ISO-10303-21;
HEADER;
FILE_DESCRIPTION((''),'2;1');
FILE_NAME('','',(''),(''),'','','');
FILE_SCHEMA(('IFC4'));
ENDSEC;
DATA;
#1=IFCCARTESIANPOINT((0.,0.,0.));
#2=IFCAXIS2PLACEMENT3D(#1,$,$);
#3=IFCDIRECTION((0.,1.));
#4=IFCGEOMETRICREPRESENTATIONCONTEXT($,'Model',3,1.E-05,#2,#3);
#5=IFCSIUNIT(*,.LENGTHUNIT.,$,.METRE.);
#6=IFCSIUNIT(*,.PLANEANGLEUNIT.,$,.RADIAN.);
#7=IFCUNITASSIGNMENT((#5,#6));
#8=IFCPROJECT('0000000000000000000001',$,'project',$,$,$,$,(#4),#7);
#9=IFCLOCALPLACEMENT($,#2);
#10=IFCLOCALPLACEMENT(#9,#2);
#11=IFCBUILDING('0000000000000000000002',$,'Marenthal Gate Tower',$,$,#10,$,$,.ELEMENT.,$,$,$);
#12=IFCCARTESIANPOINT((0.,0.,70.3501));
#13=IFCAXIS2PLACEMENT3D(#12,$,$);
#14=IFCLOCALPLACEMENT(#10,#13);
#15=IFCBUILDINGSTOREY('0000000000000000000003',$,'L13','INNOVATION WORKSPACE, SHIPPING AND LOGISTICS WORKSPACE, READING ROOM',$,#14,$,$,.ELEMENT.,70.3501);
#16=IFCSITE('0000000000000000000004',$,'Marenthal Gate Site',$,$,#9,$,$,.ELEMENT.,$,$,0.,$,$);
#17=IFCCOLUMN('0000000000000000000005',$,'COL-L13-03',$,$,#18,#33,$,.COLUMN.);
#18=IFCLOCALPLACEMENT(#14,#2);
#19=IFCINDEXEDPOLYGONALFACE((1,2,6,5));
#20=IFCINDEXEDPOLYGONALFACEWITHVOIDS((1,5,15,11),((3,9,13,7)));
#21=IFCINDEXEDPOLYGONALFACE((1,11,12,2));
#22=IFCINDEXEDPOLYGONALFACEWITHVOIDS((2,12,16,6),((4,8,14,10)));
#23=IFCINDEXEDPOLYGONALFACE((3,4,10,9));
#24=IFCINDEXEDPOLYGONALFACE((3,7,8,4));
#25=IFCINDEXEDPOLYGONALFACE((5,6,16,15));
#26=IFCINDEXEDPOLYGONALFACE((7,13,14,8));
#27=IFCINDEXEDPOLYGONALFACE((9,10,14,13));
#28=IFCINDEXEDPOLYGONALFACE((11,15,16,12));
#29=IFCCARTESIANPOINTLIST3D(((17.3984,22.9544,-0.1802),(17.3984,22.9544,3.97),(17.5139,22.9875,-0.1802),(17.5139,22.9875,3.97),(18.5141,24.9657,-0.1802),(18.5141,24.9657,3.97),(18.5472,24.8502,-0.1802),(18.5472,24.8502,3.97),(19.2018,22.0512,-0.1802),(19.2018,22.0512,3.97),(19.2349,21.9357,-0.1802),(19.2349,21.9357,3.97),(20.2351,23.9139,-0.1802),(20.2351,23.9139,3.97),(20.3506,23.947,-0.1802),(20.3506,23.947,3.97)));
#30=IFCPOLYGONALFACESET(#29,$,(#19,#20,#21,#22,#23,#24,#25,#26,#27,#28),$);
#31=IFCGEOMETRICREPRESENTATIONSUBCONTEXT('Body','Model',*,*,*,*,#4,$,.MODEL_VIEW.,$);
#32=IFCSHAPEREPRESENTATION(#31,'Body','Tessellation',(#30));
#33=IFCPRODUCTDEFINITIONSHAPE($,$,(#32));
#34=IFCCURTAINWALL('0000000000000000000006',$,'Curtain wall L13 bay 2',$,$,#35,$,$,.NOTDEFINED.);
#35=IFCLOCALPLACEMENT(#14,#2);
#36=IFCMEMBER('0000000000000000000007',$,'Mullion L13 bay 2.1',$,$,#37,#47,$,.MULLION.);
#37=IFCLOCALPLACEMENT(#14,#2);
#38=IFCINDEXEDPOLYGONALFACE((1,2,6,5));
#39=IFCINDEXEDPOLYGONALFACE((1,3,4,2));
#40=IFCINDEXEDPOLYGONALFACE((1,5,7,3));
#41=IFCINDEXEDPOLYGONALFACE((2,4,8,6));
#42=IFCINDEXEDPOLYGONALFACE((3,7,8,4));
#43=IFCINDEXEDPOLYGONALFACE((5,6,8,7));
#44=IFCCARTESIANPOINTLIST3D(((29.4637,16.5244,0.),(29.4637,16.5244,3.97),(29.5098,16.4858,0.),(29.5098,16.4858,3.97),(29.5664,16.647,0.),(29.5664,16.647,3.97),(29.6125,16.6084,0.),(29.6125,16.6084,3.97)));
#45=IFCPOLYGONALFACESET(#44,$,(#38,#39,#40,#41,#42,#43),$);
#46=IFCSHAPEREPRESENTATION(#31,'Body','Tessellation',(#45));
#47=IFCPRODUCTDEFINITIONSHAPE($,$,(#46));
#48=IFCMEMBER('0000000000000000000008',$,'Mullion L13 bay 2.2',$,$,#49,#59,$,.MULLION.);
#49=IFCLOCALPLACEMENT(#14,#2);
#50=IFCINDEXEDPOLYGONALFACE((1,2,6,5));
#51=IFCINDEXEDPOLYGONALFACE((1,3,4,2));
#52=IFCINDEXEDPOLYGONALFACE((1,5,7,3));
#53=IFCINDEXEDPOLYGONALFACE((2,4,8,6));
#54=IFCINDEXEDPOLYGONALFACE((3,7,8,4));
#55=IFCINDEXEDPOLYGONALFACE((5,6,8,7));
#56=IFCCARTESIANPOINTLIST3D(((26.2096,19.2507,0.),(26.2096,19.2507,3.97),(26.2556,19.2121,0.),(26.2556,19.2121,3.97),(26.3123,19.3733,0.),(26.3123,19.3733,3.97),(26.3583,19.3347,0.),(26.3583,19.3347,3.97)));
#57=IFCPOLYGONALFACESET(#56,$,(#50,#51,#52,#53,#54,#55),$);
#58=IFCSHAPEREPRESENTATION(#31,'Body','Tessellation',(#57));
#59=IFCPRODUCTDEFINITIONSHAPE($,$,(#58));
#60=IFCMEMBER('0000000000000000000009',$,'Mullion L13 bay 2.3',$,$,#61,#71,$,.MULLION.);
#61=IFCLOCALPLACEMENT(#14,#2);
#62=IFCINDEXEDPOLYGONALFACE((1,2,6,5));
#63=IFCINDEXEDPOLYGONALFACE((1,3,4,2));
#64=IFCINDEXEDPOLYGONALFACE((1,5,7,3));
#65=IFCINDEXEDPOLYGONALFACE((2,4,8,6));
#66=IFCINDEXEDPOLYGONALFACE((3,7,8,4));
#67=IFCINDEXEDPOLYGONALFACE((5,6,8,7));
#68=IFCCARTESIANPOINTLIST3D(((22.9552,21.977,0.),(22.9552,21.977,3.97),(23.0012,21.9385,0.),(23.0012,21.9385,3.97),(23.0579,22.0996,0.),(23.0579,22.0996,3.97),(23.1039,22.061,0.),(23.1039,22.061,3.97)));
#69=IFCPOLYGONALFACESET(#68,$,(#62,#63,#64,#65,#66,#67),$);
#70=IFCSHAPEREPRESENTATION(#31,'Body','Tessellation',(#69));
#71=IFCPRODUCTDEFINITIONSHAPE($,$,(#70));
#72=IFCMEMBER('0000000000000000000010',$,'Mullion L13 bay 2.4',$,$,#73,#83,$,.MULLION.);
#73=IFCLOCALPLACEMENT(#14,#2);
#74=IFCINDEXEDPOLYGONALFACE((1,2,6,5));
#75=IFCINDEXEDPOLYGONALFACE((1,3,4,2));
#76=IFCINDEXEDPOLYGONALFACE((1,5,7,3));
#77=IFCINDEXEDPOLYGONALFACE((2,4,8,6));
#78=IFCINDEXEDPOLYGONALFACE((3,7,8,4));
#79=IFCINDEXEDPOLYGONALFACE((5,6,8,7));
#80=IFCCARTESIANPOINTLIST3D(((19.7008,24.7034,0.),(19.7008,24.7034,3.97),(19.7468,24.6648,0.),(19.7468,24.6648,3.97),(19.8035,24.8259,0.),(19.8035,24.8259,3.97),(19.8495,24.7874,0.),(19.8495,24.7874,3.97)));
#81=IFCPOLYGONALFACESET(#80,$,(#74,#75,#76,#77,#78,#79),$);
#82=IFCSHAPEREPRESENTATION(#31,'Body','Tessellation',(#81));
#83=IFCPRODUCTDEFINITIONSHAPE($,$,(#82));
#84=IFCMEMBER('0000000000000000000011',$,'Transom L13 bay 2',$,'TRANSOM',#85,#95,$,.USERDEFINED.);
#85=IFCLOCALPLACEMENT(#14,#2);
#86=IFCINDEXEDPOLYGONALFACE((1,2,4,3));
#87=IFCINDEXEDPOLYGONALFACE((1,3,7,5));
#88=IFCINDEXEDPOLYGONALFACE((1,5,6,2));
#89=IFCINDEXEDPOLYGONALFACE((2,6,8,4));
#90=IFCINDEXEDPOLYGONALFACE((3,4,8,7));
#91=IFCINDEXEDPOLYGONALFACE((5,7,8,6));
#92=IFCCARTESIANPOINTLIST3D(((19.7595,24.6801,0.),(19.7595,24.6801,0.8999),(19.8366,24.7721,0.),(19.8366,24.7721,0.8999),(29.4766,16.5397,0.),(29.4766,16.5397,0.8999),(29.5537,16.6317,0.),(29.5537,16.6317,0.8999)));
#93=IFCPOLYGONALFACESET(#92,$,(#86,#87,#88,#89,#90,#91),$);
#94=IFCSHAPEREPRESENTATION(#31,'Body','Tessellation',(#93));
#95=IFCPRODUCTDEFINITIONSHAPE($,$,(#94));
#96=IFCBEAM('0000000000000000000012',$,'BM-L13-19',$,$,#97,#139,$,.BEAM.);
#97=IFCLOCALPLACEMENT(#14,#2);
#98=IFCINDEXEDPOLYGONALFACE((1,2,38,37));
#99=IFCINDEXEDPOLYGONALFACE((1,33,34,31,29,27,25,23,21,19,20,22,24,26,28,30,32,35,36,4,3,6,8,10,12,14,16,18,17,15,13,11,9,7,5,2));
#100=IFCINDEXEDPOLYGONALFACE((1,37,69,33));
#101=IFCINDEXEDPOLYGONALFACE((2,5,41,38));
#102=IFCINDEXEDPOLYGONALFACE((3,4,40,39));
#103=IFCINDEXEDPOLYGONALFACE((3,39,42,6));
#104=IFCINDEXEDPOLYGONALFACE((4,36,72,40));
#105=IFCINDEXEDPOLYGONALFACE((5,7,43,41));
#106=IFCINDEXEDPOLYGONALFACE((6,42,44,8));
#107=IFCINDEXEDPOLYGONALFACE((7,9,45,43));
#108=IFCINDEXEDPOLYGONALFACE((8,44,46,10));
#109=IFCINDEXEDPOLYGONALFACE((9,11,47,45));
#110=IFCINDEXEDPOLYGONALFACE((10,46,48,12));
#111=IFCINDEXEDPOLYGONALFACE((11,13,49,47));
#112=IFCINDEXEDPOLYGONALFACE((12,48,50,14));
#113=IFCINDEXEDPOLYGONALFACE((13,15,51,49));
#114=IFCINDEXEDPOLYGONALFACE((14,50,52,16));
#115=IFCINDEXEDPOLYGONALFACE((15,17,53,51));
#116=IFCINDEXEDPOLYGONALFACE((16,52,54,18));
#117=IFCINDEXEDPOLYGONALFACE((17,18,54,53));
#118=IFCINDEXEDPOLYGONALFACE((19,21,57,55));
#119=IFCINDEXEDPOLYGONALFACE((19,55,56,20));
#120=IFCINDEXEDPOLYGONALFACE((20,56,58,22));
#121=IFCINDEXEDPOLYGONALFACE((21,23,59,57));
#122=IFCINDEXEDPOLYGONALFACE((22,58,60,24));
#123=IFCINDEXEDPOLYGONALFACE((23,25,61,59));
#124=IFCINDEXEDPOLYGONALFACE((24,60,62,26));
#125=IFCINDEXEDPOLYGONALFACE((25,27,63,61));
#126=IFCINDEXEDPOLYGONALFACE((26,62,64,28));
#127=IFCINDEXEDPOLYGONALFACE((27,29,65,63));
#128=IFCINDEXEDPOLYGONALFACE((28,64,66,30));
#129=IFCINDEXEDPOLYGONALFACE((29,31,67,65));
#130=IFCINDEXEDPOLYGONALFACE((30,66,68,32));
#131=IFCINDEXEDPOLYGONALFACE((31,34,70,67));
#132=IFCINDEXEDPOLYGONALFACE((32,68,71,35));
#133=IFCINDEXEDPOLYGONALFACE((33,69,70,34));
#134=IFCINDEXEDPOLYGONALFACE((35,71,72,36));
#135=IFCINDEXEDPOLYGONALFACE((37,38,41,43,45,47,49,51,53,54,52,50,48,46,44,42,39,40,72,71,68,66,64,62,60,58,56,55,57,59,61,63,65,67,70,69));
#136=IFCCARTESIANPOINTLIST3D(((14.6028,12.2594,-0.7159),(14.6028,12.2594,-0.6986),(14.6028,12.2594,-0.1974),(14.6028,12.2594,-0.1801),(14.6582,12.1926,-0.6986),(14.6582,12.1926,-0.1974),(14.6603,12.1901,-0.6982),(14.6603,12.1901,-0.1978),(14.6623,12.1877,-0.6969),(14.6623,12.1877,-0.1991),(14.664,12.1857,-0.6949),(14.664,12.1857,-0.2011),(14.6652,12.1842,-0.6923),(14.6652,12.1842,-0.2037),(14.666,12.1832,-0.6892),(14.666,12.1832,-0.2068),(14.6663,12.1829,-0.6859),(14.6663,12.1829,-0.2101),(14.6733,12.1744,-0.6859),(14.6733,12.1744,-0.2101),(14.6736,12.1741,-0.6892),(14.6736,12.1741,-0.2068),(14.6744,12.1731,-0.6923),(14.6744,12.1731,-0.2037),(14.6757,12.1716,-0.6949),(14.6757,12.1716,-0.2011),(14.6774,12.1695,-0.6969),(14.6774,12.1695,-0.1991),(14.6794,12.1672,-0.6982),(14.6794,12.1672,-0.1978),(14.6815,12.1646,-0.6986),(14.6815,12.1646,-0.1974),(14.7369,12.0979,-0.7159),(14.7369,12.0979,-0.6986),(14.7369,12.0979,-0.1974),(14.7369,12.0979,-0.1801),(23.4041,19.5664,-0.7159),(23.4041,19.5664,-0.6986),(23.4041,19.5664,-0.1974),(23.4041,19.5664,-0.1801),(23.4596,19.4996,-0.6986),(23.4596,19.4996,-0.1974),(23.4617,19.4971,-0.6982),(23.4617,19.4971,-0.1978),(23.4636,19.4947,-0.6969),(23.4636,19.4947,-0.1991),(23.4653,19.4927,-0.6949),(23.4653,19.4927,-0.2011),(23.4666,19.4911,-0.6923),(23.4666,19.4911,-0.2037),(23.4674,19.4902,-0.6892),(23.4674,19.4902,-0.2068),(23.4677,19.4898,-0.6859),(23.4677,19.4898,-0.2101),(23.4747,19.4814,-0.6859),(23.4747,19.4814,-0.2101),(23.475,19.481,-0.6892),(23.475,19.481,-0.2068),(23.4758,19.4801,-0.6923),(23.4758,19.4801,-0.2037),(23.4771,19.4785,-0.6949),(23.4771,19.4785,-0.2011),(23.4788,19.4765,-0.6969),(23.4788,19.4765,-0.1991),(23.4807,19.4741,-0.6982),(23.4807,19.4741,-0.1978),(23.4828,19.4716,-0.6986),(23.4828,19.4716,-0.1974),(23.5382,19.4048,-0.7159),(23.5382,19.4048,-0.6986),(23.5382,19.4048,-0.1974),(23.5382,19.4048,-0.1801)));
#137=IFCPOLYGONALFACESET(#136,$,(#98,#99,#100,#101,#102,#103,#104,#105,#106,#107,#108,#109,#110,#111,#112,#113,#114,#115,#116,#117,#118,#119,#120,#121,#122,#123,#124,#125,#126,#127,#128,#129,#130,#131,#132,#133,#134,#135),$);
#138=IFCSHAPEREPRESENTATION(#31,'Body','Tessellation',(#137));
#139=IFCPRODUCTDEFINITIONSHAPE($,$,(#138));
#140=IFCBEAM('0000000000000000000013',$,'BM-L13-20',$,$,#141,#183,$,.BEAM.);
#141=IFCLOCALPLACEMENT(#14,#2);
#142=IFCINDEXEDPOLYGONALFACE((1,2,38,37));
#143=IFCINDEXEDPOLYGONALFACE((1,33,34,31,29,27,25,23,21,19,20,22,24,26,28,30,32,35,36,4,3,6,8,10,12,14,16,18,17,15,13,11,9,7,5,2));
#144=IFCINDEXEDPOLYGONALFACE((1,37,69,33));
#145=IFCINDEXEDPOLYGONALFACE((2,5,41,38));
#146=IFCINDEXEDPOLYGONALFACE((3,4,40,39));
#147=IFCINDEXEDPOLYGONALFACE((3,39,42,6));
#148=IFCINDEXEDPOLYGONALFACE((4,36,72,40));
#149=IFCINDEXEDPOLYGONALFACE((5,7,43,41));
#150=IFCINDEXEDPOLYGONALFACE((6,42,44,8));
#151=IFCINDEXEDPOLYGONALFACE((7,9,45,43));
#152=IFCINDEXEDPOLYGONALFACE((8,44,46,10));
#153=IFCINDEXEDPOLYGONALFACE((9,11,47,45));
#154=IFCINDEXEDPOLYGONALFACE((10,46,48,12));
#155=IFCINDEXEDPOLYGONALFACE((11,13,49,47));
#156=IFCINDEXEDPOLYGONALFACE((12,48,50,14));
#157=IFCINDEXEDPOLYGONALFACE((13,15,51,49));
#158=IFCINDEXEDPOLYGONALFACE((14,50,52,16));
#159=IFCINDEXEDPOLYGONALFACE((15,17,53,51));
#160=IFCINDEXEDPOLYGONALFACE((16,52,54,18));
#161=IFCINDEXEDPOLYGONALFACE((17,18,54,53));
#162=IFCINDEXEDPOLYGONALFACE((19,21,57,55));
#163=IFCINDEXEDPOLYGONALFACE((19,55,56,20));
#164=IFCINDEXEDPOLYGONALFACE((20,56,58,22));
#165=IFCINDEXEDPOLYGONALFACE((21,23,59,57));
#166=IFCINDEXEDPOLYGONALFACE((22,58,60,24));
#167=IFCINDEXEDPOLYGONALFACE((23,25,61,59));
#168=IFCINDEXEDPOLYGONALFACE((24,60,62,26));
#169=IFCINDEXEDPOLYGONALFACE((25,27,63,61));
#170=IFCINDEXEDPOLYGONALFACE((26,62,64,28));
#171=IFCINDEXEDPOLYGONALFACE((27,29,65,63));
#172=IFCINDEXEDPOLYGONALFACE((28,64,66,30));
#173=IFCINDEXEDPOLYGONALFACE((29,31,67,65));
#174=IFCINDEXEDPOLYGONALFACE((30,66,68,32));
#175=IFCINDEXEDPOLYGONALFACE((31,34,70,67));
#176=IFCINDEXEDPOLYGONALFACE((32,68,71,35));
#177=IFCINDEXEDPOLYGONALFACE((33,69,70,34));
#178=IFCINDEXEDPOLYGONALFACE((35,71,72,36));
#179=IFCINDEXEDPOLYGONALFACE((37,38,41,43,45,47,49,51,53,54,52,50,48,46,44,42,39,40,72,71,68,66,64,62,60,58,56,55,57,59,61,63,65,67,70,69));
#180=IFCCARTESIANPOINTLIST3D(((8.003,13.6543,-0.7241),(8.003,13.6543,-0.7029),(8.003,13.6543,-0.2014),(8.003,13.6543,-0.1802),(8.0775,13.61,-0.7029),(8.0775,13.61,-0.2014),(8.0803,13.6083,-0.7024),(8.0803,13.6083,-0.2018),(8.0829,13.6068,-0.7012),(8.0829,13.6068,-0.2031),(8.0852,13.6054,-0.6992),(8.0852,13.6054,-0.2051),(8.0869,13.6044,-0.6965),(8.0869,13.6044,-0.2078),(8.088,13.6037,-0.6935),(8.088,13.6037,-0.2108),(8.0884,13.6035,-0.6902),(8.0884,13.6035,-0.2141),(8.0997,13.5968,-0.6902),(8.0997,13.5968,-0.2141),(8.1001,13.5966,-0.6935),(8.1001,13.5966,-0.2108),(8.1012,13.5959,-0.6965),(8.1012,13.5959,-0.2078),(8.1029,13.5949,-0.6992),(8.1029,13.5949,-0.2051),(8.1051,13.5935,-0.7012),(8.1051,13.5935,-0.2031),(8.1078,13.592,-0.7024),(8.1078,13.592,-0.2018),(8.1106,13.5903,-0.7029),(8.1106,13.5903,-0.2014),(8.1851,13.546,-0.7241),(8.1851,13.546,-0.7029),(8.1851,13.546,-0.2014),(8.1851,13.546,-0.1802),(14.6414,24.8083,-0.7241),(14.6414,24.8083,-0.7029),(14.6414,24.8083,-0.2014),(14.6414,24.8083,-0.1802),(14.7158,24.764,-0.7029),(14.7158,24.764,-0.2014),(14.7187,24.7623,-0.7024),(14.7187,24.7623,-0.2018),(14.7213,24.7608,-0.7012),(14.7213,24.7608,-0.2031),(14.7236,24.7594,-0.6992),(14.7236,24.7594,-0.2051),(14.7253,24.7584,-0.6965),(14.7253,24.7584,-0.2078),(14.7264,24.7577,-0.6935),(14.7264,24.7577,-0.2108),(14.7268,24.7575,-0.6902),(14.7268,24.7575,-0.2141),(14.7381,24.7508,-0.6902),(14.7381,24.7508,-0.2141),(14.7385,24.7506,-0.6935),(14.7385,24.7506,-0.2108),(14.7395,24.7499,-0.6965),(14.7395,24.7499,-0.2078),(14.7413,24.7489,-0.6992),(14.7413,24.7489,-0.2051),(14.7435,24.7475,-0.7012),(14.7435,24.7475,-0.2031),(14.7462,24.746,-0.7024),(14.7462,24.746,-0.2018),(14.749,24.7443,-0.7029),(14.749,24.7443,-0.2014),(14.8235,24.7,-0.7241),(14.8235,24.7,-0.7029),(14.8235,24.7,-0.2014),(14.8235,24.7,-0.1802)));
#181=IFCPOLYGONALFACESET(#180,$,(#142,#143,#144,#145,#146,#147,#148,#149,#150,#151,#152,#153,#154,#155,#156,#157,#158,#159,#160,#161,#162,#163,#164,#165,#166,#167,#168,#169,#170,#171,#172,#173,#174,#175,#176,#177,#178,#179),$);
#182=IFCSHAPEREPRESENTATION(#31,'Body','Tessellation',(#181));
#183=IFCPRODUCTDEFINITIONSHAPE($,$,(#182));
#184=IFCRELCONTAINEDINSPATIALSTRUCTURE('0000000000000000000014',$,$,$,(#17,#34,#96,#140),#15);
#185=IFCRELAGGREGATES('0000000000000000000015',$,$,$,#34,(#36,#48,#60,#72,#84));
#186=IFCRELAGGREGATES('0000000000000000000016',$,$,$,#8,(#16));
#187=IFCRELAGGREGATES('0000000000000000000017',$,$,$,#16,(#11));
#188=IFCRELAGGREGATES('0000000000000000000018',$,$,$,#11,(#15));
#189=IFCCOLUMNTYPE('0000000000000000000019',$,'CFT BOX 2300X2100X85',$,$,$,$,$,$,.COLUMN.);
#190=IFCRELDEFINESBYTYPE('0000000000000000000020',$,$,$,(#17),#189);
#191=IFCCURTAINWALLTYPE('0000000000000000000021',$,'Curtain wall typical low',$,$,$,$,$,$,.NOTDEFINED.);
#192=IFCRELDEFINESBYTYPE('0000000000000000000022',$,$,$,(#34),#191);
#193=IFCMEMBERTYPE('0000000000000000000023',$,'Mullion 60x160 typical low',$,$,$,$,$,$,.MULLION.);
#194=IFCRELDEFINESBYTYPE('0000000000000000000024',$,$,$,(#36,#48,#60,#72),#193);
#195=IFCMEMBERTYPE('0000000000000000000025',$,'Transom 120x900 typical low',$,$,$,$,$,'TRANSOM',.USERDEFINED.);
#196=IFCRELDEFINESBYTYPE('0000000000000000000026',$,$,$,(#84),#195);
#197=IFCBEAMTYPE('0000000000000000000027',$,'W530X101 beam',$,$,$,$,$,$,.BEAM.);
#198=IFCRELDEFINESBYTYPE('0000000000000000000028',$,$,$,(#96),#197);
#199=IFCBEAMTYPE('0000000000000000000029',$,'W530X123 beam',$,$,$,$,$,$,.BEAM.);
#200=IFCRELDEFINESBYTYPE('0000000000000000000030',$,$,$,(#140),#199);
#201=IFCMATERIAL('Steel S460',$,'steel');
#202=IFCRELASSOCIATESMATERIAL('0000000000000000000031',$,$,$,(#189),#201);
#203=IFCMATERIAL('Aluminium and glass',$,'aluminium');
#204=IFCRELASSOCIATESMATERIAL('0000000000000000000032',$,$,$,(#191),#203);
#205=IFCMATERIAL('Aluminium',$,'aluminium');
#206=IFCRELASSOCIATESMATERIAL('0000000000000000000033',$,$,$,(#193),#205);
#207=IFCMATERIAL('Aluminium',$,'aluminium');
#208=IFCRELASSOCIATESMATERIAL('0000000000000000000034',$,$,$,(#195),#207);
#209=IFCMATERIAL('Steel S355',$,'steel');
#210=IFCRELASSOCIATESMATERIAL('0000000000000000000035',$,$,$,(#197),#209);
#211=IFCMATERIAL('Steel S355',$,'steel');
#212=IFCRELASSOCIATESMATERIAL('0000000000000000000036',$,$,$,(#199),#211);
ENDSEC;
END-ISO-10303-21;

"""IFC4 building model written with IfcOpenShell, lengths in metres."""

from ifc_helpers import new_model, si_unit, direction, frame, origin, origin_2d, place, context, subcontext, project, spatial, rectangle, hollow_rectangle, i_section, extrude, material, material_profile, profile_set, type_object, element, aggregate, save


model = new_model("IFC4")

# Units and contexts
model_context = context("Model", 3, precision=1e-05, world=origin(), true_north=direction((0.0, 1.0)))
body_context = subcontext(model_context, "Body", "Model", "MODEL_VIEW")
ifc_project = project(units=[si_unit("LENGTHUNIT", "METRE"), si_unit("PLANEANGLEUNIT", "RADIAN")], contexts=[model_context])

# Site, building, storey
site_placement = place(None, origin())
site = spatial("IfcSite", under=ifc_project, at=site_placement, Name="Marenthal Gate Site", CompositionType="ELEMENT", RefElevation=0.0)
building_placement = place(site_placement, origin())
building = spatial("IfcBuilding", under=site, at=building_placement, Name="Marenthal Gate Tower", CompositionType="ELEMENT")
storey_placement = place(building_placement, frame((0.0, 0.0, 70.3501)))
storey = spatial("IfcBuildingStorey", under=building, at=storey_placement, Name="L13", Description="INNOVATION WORKSPACE, SHIPPING AND LOGISTICS WORKSPACE, READING ROOM", CompositionType="ELEMENT", Elevation=70.3501)

# Column
ifc_material_1 = material(Name="Steel S460", Category="steel")
ifc_material_profile_1 = material_profile(ifc_material_1, hollow_rectangle(XDim=2.1001, YDim=2.3, WallThickness=0.085, at=origin_2d()), Name="CFT BOX 2300X2100X85")
ifc_material_2 = material(Name="Concrete 70 MPa", Category="concrete")
ifc_material_profile_2 = material_profile(ifc_material_2, rectangle(XDim=1.9299, YDim=2.1299, at=origin_2d()), Name="CFT BOX 2300X2100X85 INFILL")
ifc_profile_set_1 = profile_set([ifc_material_profile_1, ifc_material_profile_2], Name="Steel S460 shell, Concrete 70 MPa infill")
column_type = type_object("IfcColumnType", Name="CFT BOX 2300X2100X85", PredefinedType="COLUMN", material=ifc_profile_set_1)
column_placement = place(storey_placement, frame((18.8745, 23.4507, -0.1802), z_axis=(0.0, 0.0, 1.0), x_axis=(0.874469, -0.485081, 0.0)))
element("IfcColumn", 1, at=column_placement, inside=storey, type_object=column_type, Name="COL-L13-03", PredefinedType="COLUMN", context=body_context, shape_type="SweptSolid", body=[
    extrude(hollow_rectangle(XDim=2.1001, YDim=2.3, WallThickness=0.085, at=origin_2d()), origin(), (0.0, 0.0, 1.0), 4.1501),
])

# Curtain wall, members
ifc_material_3 = material(Name="Aluminium and glass", Category="aluminium")
curtain_wall_type = type_object("IfcCurtainWallType", Name="Curtain wall typical low", PredefinedType="NOTDEFINED", material=ifc_material_3)
curtain_wall_placement = place(storey_placement, origin())
curtain_wall = element("IfcCurtainWall", 2, at=curtain_wall_placement, inside=storey, type_object=curtain_wall_type, Name="Curtain wall L13 bay 2", PredefinedType="NOTDEFINED")
ifc_material_4 = material(Name="Aluminium", Category="aluminium")
ifc_material_profile_3 = material_profile(ifc_material_4, rectangle(XDim=0.1599, YDim=0.0601, at=origin_2d()), Name="60x160 aluminium mullion")
ifc_profile_set_2 = profile_set([ifc_material_profile_3], Name="Aluminium")
member_type_1 = type_object("IfcMemberType", Name="Mullion 60x160 typical low", PredefinedType="MULLION", material=ifc_profile_set_2)
member_1_placement = place(storey_placement, frame((29.5381, 16.5664, 0.0), z_axis=(0.0, 0.0, 1.0), x_axis=(-0.642176, -0.766557, 0.0)))
member_1 = element("IfcMember", 3, at=member_1_placement, type_object=member_type_1, Name="Mullion L13 bay 2.1", PredefinedType="MULLION", context=body_context, shape_type="SweptSolid", body=[
    extrude(rectangle(XDim=0.1599, YDim=0.0601, at=origin_2d()), origin(), (0.0, 0.0, 1.0), 3.97),
])
member_2_placement = place(storey_placement, frame((26.2839, 19.2927, 0.0), z_axis=(0.0, 0.0, 1.0), x_axis=(-0.642176, -0.766557, 0.0)))
member_2 = element("IfcMember", 4, at=member_2_placement, type_object=member_type_1, Name="Mullion L13 bay 2.2", PredefinedType="MULLION", context=body_context, shape_type="SweptSolid", body=[
    extrude(rectangle(XDim=0.1599, YDim=0.0601, at=origin_2d()), origin(), (0.0, 0.0, 1.0), 3.97),
])
member_3_placement = place(storey_placement, frame((23.0295, 22.019, 0.0), z_axis=(0.0, 0.0, 1.0), x_axis=(-0.642176, -0.766557, 0.0)))
member_3 = element("IfcMember", 5, at=member_3_placement, type_object=member_type_1, Name="Mullion L13 bay 2.3", PredefinedType="MULLION", context=body_context, shape_type="SweptSolid", body=[
    extrude(rectangle(XDim=0.1599, YDim=0.0601, at=origin_2d()), origin(), (0.0, 0.0, 1.0), 3.97),
])
member_4_placement = place(storey_placement, frame((19.7751, 24.7454, 0.0), z_axis=(0.0, 0.0, 1.0), x_axis=(-0.642176, -0.766557, 0.0)))
member_4 = element("IfcMember", 6, at=member_4_placement, type_object=member_type_1, Name="Mullion L13 bay 2.4", PredefinedType="MULLION", context=body_context, shape_type="SweptSolid", body=[
    extrude(rectangle(XDim=0.1599, YDim=0.0601, at=origin_2d()), origin(), (0.0, 0.0, 1.0), 3.97),
])
ifc_material_5 = material(Name="Aluminium", Category="aluminium")
ifc_material_profile_4 = material_profile(ifc_material_5, rectangle(XDim=0.1201, YDim=0.8999, at=origin_2d()), Name="120x900 aluminium transom")
ifc_profile_set_3 = profile_set([ifc_material_profile_4], Name="Aluminium")
member_type_2 = type_object("IfcMemberType", Name="Transom 120x900 typical low", ElementType="TRANSOM", PredefinedType="USERDEFINED", material=ifc_profile_set_3)
member_5_placement = place(storey_placement, frame((29.5151, 16.5857, 0.45), z_axis=(-0.766556, 0.642177, 0.0), x_axis=(-0.642177, -0.766556, 0.0)))
member_5 = element("IfcMember", 7, at=member_5_placement, type_object=member_type_2, Name="Transom L13 bay 2", ObjectType="TRANSOM", PredefinedType="USERDEFINED", context=body_context, shape_type="SweptSolid", body=[
    extrude(rectangle(XDim=0.1201, YDim=0.8999, at=origin_2d()), origin(), (0.0, 0.0, 1.0), 12.6763),
])

# Beams
ifc_material_6 = material(Name="Steel S355", Category="steel")
ifc_material_profile_5 = material_profile(ifc_material_6, i_section(OverallWidth=0.21, OverallDepth=0.5359, WebThickness=0.011, FlangeThickness=0.0173, FilletRadius=0.0127, at=origin_2d()), Name="W530X101")
ifc_profile_set_4 = profile_set([ifc_material_profile_5], Name="Steel S355")
beam_type_1 = type_object("IfcBeamType", Name="W530X101 beam", PredefinedType="BEAM", material=ifc_profile_set_4)
beam_1_placement = place(storey_placement, frame((23.4712, 19.4856, -0.448), z_axis=(-0.769403, -0.638764, 0.0), x_axis=(0.638764, -0.769403, 0.0)))
element("IfcBeam", 8, at=beam_1_placement, inside=storey, type_object=beam_type_1, Name="BM-L13-19", PredefinedType="BEAM", context=body_context, shape_type="SweptSolid", body=[
    extrude(i_section(OverallWidth=0.21, OverallDepth=0.5359, WebThickness=0.011, FlangeThickness=0.0173, FilletRadius=0.0127, at=origin_2d()), origin(), (0.0, 0.0, 1.0), 11.4392),
])
ifc_material_7 = material(Name="Steel S355", Category="steel")
ifc_material_profile_6 = material_profile(ifc_material_7, i_section(OverallWidth=0.2119, OverallDepth=0.5439, WebThickness=0.0132, FlangeThickness=0.0212, FilletRadius=0.0127, at=origin_2d()), Name="W530X123")
ifc_profile_set_5 = profile_set([ifc_material_profile_6], Name="Steel S355")
beam_type_2 = type_object("IfcBeamType", Name="W530X123 beam", PredefinedType="BEAM", material=ifc_profile_set_5)
beam_2_placement = place(storey_placement, frame((14.7324, 24.7542, -0.4521), z_axis=(-0.511433, -0.859323, 0.0), x_axis=(0.859323, -0.511433, 0.0)))
element("IfcBeam", 9, at=beam_2_placement, inside=storey, type_object=beam_type_2, Name="BM-L13-20", PredefinedType="BEAM", context=body_context, shape_type="SweptSolid", body=[
    extrude(i_section(OverallWidth=0.2119, OverallDepth=0.5439, WebThickness=0.0132, FlangeThickness=0.0212, FilletRadius=0.0127, at=origin_2d()), origin(), (0.0, 0.0, 1.0), 12.98),
])

aggregate(curtain_wall, [member_1, member_2, member_3, member_4, member_5])

save(model, "model.ifc")
